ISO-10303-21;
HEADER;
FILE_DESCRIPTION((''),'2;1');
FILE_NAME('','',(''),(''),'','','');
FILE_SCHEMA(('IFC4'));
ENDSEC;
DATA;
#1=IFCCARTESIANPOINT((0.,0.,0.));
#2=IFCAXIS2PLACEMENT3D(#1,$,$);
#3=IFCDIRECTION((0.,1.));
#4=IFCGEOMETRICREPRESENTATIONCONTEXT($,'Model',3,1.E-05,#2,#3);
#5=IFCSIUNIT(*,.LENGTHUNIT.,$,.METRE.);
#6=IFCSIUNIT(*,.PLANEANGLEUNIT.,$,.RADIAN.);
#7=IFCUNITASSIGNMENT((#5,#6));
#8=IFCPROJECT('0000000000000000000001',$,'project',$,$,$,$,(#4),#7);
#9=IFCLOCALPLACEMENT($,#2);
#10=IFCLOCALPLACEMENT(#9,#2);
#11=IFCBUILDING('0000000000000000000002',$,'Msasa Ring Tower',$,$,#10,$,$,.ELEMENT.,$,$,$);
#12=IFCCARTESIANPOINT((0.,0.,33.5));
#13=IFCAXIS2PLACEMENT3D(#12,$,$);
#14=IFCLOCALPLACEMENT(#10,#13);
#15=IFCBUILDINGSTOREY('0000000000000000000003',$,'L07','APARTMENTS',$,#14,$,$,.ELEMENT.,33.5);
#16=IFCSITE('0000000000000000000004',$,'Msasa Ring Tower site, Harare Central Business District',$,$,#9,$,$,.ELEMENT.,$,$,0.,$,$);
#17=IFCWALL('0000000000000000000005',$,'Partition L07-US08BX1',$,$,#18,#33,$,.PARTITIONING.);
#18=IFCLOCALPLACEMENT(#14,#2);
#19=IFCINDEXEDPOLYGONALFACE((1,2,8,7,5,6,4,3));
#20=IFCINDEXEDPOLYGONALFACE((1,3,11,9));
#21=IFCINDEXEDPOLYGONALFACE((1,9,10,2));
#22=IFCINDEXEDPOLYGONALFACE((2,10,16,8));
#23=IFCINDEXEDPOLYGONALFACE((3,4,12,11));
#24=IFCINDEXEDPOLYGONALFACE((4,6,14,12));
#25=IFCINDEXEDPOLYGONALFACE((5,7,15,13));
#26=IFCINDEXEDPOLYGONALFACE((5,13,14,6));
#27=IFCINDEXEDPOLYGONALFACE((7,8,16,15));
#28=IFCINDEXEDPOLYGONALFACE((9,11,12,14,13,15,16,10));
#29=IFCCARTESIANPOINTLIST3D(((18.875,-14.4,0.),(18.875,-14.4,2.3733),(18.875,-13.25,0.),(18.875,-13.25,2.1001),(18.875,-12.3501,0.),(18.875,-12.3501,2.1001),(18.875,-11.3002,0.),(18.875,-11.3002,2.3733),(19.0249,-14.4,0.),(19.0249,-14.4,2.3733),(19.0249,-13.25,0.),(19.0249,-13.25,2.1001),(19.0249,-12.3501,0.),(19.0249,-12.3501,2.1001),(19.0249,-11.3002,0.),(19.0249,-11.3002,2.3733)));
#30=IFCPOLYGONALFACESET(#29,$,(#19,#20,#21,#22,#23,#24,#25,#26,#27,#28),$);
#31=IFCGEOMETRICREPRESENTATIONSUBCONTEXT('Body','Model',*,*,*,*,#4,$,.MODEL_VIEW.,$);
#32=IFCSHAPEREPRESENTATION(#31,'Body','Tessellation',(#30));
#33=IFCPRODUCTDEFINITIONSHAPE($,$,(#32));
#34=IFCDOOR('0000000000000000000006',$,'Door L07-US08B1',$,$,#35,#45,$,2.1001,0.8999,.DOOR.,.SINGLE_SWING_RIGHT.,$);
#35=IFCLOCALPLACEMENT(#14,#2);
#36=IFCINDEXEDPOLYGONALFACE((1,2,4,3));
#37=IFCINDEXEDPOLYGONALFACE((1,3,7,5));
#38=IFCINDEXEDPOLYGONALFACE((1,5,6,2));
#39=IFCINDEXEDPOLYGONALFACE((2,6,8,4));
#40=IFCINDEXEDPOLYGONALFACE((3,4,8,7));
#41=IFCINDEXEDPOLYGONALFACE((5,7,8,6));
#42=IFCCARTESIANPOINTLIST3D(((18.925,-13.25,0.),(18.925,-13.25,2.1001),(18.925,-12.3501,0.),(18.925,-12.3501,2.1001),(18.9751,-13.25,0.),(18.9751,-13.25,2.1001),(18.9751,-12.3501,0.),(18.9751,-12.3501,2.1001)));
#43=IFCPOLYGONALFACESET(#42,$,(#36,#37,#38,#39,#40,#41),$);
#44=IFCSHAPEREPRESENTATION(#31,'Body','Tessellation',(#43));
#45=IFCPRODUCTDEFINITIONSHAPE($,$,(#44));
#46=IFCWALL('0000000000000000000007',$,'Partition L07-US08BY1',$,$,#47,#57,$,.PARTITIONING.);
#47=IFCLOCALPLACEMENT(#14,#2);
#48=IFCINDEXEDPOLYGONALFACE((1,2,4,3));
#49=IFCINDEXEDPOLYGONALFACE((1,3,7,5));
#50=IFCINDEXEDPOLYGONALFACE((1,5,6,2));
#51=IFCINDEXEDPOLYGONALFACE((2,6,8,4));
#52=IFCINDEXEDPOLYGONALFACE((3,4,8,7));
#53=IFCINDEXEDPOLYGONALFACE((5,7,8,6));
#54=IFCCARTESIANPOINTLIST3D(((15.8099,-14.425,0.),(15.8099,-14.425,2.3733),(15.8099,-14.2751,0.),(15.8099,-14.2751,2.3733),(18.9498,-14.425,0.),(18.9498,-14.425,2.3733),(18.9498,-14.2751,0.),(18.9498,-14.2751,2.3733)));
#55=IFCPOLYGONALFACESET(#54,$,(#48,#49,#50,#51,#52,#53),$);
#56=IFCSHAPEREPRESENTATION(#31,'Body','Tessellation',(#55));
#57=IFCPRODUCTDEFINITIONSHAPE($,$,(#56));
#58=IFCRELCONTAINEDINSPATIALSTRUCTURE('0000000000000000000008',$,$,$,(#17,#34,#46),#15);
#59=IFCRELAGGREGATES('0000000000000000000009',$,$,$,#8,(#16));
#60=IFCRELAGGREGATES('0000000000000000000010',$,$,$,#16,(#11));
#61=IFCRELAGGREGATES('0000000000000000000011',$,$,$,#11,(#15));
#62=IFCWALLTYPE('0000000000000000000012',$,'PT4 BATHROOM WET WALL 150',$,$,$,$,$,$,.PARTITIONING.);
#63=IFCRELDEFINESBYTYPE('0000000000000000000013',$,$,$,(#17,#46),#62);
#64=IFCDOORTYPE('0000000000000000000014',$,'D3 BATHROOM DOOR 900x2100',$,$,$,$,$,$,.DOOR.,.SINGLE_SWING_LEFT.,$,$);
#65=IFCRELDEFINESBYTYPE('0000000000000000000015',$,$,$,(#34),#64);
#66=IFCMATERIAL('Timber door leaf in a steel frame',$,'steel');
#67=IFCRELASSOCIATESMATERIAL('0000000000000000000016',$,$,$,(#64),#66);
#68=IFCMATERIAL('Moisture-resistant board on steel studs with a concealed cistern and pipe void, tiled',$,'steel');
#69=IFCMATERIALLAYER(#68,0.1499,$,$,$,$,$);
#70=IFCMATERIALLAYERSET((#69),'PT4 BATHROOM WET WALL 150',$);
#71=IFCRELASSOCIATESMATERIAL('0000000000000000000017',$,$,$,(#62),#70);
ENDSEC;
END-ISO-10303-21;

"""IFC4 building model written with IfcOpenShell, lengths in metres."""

from ifc_helpers import new_model, si_unit, direction, frame, frame_2d, origin, place, context, subcontext, project, spatial, rectangle, extrude, material, layer, layer_set, type_object, element, fill, save


model = new_model("IFC4")

# Units and contexts
model_context = context("Model", 3, precision=1e-05, world=origin(), true_north=direction((0.0, 1.0)))
body_context = subcontext(model_context, "Body", "Model", "MODEL_VIEW")
ifc_project = project(units=[si_unit("LENGTHUNIT", "METRE"), si_unit("PLANEANGLEUNIT", "RADIAN")], contexts=[model_context])

# Site, building, storey
site_placement = place(None, origin())
site = spatial("IfcSite", under=ifc_project, at=site_placement, Name="Msasa Ring Tower site, Harare Central Business District", CompositionType="ELEMENT", RefElevation=0.0)
building_placement = place(site_placement, origin())
building = spatial("IfcBuilding", under=site, at=building_placement, Name="Msasa Ring Tower", CompositionType="ELEMENT")
storey_placement = place(building_placement, frame((0.0, 0.0, 33.5)))
storey = spatial("IfcBuildingStorey", under=building, at=storey_placement, Name="L07", Description="APARTMENTS", CompositionType="ELEMENT", Elevation=33.5)

# Shared definitions
ifc_material_1 = material(Name="Timber door leaf in a steel frame", Category="steel")
door_type_1 = type_object("IfcDoorType", Name="D3 BATHROOM DOOR 900x2100", OperationType="SINGLE_SWING_LEFT", PredefinedType="DOOR", material=ifc_material_1)

# Wall, opening, door
ifc_material_2 = material(Name="Moisture-resistant board on steel studs with a concealed cistern and pipe void, tiled", Category="steel")
ifc_layer_1 = layer(ifc_material_2, 0.1499)
ifc_layer_set_1 = layer_set([ifc_layer_1], Name="PT4 BATHROOM WET WALL 150")
wall_type_1 = type_object("IfcWallType", Name="PT4 BATHROOM WET WALL 150", PredefinedType="PARTITIONING", material=ifc_layer_set_1)
wall_1_placement = place(storey_placement, frame((18.95, -14.3999, 0.0), z_axis=(0.0, 0.0, 1.0), x_axis=(0.0, 1.0, 0.0)))
wall_1 = element("IfcWall", 1, at=wall_1_placement, inside=storey, type_object=wall_type_1, Name="Partition L07-US08BX1", PredefinedType="PARTITIONING", context=body_context, shape_type="SweptSolid", body=[
    extrude(rectangle(XDim=3.0999, YDim=0.1499, at=frame_2d((1.5498, 0.0))), origin(), (0.0, 0.0, 1.0), 2.3733),
])
opening_1_placement = place(wall_1_placement, frame((1.1499, 0.0, 0.0)))
opening_1 = element("IfcOpeningElement", 2, at=opening_1_placement, cuts=wall_1, PredefinedType="OPENING", context=body_context, shape_type="SweptSolid", body=[
    extrude(rectangle(XDim=0.8999, YDim=2.1001, at=frame_2d((0.45, 1.05))), frame((0.0, 0.085, 0.0), z_axis=(0.0, -1.0, 0.0), x_axis=(1.0, 0.0, 0.0)), (0.0, 0.0, 1.0), 0.1699),
])
door_1_placement = place(opening_1_placement, origin())
door_1 = element("IfcDoor", 3, at=door_1_placement, inside=storey, type_object=door_type_1, Name="Door L07-US08B1", OperationType="SINGLE_SWING_RIGHT", OverallHeight=2.1001, OverallWidth=0.8999, PredefinedType="DOOR", context=body_context, shape_type="SweptSolid", body=[
    extrude(rectangle(XDim=0.8999, YDim=2.1001, at=frame_2d((0.45, 1.05))), frame((0.0, 0.0249, 0.0), z_axis=(0.0, -1.0, 0.0), x_axis=(1.0, 0.0, 0.0)), (0.0, 0.0, 1.0), 0.05),
])
fill(opening_1, door_1)

# Wall
wall_2_placement = place(storey_placement, frame((15.8101, -14.3501, 0.0), z_axis=(0.0, 0.0, 1.0), x_axis=(1.0, 0.0, 0.0)))
element("IfcWall", 4, at=wall_2_placement, inside=storey, type_object=wall_type_1, Name="Partition L07-US08BY1", PredefinedType="PARTITIONING", context=body_context, shape_type="SweptSolid", body=[
    extrude(rectangle(XDim=3.1399, YDim=0.1499, at=frame_2d((1.5698, 0.0))), origin(), (0.0, 0.0, 1.0), 2.3733),
])

save(model, "model.ifc")
